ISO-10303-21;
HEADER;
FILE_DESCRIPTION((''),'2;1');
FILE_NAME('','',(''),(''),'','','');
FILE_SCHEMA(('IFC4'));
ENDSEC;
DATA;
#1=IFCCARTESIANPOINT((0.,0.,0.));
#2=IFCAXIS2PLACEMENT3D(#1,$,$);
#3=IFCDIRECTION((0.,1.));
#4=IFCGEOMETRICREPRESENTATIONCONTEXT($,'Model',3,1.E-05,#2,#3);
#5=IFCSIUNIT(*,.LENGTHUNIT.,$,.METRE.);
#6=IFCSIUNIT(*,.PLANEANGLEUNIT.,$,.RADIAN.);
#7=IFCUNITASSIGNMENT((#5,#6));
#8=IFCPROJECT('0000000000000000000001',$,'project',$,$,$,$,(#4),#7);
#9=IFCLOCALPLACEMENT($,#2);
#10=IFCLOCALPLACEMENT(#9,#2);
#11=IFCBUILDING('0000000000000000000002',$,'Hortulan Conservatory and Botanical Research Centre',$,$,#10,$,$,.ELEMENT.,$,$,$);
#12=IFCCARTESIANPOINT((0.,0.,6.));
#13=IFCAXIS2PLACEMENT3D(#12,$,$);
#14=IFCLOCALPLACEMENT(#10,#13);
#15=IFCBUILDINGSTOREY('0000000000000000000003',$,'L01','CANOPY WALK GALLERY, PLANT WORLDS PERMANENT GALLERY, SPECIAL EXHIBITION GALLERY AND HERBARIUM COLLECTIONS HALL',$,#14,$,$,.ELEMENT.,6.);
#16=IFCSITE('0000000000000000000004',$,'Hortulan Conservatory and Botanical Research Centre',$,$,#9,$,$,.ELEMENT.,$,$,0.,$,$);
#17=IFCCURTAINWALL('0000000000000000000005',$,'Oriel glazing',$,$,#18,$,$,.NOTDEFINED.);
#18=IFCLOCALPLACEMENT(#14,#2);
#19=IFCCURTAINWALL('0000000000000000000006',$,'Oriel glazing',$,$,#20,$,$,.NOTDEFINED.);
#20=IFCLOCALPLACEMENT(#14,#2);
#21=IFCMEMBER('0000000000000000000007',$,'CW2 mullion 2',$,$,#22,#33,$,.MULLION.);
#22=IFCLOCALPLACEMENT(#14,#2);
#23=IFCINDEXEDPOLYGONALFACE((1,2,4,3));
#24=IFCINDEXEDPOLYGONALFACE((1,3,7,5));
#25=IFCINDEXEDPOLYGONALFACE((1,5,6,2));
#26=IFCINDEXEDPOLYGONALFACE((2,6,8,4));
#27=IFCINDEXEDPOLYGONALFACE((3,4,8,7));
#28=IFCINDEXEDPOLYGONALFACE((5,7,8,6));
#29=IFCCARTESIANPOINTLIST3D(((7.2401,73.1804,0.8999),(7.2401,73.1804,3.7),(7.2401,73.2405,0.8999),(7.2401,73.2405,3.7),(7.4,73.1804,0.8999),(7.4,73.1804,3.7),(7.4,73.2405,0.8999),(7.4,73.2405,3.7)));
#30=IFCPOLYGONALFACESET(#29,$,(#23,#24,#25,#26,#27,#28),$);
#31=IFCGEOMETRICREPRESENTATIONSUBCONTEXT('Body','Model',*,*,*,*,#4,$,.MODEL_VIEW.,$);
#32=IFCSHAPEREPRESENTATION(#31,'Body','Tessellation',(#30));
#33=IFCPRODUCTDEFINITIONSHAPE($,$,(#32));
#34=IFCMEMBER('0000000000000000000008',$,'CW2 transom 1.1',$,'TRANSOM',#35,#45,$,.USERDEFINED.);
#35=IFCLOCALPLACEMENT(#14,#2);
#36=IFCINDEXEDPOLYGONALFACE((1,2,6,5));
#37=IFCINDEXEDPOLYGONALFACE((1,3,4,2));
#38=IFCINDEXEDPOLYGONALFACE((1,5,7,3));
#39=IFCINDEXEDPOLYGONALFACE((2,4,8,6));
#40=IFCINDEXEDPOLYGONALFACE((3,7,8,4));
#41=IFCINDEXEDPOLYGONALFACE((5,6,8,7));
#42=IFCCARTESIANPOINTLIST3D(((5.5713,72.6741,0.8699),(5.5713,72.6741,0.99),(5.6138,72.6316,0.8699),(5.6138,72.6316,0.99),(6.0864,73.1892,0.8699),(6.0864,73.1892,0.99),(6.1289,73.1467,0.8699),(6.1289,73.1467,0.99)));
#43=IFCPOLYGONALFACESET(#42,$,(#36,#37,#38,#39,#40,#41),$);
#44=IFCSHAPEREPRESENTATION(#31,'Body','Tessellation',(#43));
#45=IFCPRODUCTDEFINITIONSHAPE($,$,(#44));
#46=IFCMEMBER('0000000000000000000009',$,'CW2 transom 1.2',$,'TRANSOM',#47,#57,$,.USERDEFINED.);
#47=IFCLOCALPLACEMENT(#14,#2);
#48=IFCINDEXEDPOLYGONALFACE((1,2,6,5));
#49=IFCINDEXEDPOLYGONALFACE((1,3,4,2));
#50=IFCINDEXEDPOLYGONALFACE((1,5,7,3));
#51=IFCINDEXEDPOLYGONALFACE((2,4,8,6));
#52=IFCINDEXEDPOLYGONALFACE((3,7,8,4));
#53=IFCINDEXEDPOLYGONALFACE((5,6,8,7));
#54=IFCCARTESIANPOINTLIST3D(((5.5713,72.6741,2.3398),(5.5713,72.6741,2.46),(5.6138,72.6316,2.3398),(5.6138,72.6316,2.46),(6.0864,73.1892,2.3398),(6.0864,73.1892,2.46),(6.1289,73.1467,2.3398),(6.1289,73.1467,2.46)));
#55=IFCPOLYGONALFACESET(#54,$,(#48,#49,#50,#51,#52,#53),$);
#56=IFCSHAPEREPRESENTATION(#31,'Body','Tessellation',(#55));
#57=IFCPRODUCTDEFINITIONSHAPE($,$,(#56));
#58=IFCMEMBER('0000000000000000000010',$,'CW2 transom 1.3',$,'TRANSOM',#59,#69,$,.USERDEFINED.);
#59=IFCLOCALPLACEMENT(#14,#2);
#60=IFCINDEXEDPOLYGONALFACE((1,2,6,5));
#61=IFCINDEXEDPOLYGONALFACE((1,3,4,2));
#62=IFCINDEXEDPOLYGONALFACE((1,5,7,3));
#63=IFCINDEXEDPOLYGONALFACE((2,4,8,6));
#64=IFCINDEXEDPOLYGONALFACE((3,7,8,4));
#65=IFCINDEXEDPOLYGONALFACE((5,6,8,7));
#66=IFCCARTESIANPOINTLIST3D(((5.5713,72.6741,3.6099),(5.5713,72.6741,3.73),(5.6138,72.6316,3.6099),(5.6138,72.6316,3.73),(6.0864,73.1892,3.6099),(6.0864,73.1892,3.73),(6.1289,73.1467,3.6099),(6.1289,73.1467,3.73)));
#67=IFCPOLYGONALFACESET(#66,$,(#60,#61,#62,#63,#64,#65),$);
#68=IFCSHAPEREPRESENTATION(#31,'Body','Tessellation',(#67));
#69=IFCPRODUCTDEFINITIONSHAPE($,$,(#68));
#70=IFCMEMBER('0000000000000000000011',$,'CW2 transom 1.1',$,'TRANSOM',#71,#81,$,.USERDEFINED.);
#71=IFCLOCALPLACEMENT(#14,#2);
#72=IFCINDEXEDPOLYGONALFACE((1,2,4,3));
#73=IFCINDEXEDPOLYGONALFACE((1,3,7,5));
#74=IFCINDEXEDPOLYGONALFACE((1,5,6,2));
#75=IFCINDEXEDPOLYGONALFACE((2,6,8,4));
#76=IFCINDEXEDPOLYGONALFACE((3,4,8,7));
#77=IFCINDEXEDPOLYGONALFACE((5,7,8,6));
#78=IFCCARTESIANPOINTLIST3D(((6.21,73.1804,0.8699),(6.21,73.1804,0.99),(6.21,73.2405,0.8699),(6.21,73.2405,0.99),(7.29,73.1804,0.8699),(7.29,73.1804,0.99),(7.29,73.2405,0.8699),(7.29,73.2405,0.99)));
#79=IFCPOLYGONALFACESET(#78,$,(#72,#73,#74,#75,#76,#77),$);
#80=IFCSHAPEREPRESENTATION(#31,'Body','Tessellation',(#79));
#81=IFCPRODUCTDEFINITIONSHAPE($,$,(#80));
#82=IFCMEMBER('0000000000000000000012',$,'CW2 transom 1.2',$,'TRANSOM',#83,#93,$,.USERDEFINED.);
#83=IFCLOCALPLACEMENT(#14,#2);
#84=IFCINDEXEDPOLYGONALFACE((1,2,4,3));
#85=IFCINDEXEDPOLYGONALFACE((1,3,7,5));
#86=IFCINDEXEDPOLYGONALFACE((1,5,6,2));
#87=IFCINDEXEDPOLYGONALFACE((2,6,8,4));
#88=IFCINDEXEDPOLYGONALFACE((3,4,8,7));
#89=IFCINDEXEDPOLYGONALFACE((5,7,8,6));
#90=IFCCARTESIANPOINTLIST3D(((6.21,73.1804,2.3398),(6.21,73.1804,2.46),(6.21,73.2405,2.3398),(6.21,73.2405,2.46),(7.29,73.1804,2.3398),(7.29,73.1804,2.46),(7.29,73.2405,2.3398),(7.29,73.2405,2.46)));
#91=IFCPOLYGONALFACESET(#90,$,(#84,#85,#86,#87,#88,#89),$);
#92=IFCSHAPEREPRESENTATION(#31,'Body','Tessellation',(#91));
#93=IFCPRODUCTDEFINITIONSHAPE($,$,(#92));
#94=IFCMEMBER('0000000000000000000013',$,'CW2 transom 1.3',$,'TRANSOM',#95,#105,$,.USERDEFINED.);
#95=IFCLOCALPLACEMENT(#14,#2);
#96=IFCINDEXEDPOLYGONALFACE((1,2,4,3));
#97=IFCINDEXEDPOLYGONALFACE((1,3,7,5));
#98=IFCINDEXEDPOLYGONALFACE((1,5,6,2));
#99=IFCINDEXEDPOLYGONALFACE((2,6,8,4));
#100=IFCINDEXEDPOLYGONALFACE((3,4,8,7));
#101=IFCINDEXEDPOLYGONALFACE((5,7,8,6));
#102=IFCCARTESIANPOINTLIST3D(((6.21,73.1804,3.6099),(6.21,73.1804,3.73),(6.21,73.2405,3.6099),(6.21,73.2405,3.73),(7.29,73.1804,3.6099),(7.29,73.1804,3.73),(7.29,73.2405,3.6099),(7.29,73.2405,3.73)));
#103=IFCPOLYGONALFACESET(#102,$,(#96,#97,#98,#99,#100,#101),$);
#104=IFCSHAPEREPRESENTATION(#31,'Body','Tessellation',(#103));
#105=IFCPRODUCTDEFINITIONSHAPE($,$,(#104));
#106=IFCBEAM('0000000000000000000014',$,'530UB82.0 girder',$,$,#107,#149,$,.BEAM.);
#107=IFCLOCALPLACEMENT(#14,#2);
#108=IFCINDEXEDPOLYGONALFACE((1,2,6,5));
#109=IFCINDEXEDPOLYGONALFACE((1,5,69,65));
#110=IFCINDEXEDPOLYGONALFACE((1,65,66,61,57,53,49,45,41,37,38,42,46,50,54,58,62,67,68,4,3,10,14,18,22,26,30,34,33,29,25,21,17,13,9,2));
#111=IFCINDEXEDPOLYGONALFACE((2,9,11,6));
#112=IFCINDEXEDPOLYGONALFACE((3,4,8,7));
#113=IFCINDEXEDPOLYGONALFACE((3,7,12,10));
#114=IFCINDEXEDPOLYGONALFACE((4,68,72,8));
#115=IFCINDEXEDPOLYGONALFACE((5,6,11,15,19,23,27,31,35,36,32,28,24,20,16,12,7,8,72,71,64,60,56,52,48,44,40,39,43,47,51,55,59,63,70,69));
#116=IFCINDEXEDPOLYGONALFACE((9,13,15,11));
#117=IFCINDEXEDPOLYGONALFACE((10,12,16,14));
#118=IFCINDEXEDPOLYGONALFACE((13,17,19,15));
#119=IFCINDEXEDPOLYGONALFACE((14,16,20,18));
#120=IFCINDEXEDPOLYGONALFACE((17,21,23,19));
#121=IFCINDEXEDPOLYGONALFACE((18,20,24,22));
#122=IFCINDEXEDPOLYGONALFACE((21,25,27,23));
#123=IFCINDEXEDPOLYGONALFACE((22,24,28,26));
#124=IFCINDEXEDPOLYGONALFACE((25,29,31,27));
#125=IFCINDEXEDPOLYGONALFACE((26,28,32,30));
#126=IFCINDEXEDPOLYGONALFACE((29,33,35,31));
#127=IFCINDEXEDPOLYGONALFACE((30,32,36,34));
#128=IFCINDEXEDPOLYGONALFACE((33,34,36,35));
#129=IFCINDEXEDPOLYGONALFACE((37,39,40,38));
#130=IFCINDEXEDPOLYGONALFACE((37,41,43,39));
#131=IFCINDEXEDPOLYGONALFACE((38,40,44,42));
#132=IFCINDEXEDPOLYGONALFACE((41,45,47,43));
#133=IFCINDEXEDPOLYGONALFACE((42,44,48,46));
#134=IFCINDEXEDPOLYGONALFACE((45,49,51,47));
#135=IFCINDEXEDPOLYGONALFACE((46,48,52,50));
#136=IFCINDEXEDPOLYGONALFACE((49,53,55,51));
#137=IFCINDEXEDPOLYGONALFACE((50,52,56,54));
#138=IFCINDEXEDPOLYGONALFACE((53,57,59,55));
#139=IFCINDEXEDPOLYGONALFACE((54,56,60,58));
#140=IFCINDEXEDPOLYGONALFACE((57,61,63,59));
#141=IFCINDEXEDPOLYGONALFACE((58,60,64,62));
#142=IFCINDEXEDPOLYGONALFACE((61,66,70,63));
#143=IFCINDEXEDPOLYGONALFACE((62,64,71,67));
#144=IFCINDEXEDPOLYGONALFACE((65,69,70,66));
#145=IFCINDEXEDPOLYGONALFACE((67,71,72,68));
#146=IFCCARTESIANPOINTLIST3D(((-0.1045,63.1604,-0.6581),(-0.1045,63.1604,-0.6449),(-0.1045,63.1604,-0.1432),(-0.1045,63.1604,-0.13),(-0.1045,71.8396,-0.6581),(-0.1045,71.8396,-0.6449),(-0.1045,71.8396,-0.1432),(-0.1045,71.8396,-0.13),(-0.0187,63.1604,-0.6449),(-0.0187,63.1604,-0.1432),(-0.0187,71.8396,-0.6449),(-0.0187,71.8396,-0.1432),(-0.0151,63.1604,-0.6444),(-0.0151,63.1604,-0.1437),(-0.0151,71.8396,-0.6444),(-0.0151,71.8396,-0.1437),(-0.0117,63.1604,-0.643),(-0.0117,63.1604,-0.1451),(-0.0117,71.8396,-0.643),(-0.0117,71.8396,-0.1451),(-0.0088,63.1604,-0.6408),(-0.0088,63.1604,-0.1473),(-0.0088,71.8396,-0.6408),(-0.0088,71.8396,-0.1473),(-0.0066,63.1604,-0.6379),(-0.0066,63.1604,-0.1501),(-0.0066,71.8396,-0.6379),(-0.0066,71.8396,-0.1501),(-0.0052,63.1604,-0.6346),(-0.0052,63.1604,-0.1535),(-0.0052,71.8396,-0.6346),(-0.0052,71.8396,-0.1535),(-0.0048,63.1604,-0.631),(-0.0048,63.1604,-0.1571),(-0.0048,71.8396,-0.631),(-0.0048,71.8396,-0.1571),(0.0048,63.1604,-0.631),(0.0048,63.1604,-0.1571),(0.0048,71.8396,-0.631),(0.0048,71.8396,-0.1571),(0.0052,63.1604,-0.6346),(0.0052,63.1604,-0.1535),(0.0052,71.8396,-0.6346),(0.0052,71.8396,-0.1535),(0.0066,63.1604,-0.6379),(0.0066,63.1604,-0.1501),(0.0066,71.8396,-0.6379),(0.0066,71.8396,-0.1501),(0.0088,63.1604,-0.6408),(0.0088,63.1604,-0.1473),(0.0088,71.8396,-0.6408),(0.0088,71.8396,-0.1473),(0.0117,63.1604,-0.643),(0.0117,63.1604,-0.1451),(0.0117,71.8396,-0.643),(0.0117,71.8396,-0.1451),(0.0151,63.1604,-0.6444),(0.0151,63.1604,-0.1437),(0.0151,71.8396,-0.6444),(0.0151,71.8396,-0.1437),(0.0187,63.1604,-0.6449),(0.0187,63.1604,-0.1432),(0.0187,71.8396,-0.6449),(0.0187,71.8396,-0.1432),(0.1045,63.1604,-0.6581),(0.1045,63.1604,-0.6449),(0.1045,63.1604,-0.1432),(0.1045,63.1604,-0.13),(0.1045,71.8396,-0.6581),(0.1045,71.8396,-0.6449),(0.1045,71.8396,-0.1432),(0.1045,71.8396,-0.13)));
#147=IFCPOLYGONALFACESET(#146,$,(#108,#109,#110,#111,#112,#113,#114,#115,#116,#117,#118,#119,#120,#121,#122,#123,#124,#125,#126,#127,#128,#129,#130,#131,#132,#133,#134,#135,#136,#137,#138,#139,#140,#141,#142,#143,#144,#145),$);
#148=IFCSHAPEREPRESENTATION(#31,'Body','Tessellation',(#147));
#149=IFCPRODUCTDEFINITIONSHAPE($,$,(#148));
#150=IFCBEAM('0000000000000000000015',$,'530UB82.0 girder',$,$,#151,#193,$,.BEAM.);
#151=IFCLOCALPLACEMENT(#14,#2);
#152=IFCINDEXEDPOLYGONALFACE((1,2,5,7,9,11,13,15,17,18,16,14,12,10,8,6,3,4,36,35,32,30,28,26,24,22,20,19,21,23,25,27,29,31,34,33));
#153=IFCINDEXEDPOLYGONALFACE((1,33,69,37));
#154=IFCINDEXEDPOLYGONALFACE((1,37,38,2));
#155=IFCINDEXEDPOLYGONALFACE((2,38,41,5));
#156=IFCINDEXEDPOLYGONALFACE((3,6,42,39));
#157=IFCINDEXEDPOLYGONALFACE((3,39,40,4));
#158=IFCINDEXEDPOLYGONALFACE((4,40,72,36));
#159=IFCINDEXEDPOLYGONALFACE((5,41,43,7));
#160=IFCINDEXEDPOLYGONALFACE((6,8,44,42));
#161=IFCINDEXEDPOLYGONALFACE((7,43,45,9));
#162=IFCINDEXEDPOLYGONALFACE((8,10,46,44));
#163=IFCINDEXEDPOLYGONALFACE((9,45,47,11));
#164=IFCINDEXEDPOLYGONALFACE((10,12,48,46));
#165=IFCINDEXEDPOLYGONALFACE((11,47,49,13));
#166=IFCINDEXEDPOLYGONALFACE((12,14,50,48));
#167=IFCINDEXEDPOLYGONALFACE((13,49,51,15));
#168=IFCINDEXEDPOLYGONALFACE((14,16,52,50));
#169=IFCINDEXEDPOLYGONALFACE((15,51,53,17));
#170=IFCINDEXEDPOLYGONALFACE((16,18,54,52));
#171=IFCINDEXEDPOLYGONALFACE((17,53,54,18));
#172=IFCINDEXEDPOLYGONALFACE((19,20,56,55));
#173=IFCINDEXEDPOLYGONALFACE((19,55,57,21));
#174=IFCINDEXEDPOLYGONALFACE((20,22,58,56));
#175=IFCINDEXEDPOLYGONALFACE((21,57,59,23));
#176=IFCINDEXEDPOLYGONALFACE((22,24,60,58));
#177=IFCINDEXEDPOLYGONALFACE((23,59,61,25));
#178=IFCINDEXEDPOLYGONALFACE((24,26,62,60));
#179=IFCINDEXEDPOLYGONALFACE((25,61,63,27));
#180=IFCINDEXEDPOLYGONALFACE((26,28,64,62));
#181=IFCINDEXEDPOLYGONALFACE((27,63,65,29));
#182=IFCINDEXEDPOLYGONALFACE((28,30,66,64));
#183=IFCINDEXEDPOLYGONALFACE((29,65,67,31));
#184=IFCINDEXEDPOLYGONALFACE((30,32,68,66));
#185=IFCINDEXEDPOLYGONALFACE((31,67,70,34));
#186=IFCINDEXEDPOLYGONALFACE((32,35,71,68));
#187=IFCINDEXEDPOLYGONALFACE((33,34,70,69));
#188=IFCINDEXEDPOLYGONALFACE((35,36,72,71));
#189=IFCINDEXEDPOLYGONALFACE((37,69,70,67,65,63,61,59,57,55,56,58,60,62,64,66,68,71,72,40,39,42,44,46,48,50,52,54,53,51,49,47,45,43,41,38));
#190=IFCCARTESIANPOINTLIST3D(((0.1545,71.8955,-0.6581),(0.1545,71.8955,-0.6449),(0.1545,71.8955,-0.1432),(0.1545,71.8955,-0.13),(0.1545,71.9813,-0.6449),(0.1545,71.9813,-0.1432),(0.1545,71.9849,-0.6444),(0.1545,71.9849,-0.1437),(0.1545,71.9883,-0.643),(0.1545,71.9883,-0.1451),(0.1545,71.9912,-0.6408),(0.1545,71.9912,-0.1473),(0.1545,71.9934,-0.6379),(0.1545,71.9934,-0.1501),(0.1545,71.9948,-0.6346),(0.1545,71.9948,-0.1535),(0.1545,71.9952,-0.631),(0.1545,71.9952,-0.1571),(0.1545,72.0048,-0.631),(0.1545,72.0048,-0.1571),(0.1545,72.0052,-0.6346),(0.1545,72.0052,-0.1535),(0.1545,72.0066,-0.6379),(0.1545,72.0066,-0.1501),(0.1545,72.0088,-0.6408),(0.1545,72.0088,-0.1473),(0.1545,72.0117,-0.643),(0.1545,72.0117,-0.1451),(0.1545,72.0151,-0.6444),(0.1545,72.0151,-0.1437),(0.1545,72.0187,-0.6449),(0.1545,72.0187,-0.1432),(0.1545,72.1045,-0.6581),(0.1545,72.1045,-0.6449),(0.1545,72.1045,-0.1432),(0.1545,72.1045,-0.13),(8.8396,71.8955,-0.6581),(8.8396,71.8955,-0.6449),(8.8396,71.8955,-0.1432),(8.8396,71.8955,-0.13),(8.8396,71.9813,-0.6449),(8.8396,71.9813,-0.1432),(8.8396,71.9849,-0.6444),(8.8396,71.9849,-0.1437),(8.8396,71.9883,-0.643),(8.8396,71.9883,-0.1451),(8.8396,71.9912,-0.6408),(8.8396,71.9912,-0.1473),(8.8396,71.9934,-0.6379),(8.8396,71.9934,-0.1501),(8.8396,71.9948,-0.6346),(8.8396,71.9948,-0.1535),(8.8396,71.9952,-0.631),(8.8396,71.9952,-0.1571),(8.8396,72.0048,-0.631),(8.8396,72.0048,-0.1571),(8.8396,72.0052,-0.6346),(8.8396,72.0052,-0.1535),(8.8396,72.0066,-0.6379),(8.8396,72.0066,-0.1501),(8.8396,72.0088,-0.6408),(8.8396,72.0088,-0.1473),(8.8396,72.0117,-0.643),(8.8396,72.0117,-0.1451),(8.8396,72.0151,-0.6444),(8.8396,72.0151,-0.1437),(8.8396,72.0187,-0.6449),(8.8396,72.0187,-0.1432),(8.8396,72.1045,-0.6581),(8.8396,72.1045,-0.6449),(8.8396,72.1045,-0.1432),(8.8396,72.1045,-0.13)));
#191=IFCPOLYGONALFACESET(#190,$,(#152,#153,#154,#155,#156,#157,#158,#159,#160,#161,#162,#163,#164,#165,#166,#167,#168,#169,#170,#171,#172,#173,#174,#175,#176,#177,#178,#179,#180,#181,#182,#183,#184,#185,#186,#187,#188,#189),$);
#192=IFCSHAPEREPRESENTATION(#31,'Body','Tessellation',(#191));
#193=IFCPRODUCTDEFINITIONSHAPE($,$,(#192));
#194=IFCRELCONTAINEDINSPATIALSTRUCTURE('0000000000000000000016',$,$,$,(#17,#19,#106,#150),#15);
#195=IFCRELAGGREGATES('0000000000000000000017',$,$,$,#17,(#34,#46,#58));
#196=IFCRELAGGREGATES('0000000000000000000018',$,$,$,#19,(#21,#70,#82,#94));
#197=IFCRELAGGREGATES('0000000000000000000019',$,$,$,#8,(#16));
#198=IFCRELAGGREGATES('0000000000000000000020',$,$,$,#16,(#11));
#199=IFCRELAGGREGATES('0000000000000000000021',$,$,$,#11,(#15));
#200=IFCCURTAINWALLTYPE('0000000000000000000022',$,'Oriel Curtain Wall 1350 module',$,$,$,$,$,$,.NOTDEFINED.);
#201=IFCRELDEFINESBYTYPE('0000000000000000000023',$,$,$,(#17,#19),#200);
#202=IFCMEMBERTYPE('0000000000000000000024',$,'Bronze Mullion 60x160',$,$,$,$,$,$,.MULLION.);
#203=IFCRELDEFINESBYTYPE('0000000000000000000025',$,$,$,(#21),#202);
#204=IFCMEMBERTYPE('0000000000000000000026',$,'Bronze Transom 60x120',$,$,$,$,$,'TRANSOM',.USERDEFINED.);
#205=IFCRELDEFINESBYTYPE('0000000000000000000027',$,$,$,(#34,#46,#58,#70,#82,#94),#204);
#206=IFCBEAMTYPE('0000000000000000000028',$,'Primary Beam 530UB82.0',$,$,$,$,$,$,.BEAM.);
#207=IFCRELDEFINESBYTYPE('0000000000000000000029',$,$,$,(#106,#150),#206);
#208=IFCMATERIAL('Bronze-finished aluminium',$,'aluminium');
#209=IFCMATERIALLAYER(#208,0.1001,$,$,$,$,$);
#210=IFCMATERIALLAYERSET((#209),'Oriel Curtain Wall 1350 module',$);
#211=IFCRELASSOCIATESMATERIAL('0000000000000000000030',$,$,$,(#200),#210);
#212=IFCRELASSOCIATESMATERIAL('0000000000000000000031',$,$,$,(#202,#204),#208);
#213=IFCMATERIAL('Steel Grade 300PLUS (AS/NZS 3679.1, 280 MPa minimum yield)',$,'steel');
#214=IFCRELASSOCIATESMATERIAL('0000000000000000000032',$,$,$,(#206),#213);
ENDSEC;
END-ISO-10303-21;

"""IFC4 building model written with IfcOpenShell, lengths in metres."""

from ifc_helpers import new_model, si_unit, direction, frame, origin, origin_2d, place, context, subcontext, project, spatial, rectangle, i_section, extrude, material, layer, layer_set, material_profile, profile_set, type_object, element, aggregate, save


model = new_model("IFC4")

# Units and contexts
model_context = context("Model", 3, precision=1e-05, world=origin(), true_north=direction((0.0, 1.0)))
body_context = subcontext(model_context, "Body", "Model", "MODEL_VIEW")
ifc_project = project(units=[si_unit("LENGTHUNIT", "METRE"), si_unit("PLANEANGLEUNIT", "RADIAN")], contexts=[model_context])

# Site, building, storey
site_placement = place(None, origin())
site = spatial("IfcSite", under=ifc_project, at=site_placement, Name="Hortulan Conservatory and Botanical Research Centre", CompositionType="ELEMENT", RefElevation=0.0)
building_placement = place(site_placement, origin())
building = spatial("IfcBuilding", under=site, at=building_placement, Name="Hortulan Conservatory and Botanical Research Centre", CompositionType="ELEMENT")
storey_placement = place(building_placement, frame((0.0, 0.0, 6.0)))
storey = spatial("IfcBuildingStorey", under=building, at=storey_placement, Name="L01", Description="CANOPY WALK GALLERY, PLANT WORLDS PERMANENT GALLERY, SPECIAL EXHIBITION GALLERY AND HERBARIUM COLLECTIONS HALL", CompositionType="ELEMENT", Elevation=6.0)

# Shared definitions
ifc_material_1 = material(Name="Steel Grade 300PLUS (AS/NZS 3679.1, 280 MPa minimum yield)", Category="steel")

# Curtain walls, member
ifc_material_2 = material(Name="Bronze-finished aluminium", Category="aluminium")
ifc_layer_1 = layer(ifc_material_2, 0.1001)
ifc_layer_set_1 = layer_set([ifc_layer_1], Name="Oriel Curtain Wall 1350 module")
curtain_wall_type = type_object("IfcCurtainWallType", Name="Oriel Curtain Wall 1350 module", PredefinedType="NOTDEFINED", material=ifc_layer_set_1)
curtain_wall_1_placement = place(storey_placement, origin())
curtain_wall_1 = element("IfcCurtainWall", 1, at=curtain_wall_1_placement, inside=storey, type_object=curtain_wall_type, Name="Oriel glazing", PredefinedType="NOTDEFINED")
ifc_material_profile_1 = material_profile(ifc_material_2, rectangle(XDim=0.0601, YDim=0.1599, at=origin_2d()), Name="Bronze Mullion 60x160")
ifc_profile_set_1 = profile_set([ifc_material_profile_1], Name="Bronze-finished aluminium")
member_type_1 = type_object("IfcMemberType", Name="Bronze Mullion 60x160", PredefinedType="MULLION", material=ifc_profile_set_1)
curtain_wall_2_placement = place(storey_placement, origin())
curtain_wall_2 = element("IfcCurtainWall", 2, at=curtain_wall_2_placement, inside=storey, type_object=curtain_wall_type, Name="Oriel glazing", PredefinedType="NOTDEFINED")
member_1_placement = place(storey_placement, frame((7.3201, 73.2104, 0.8999), z_axis=(0.0, 0.0, 1.0), x_axis=(0.0, 1.0, 0.0)))
member_1 = element("IfcMember", 3, at=member_1_placement, type_object=member_type_1, Name="CW2 mullion 2", PredefinedType="MULLION", context=body_context, shape_type="SweptSolid", body=[
    extrude(rectangle(XDim=0.0601, YDim=0.1599, at=origin_2d()), origin(), (0.0, 0.0, 1.0), 2.8),
])

# Members
ifc_material_profile_2 = material_profile(ifc_material_2, rectangle(XDim=0.0601, YDim=0.1201, at=origin_2d()), Name="Bronze Transom 60x120")
ifc_profile_set_2 = profile_set([ifc_material_profile_2], Name="Bronze-finished aluminium")
member_type_2 = type_object("IfcMemberType", Name="Bronze Transom 60x120", ElementType="TRANSOM", PredefinedType="USERDEFINED", material=ifc_profile_set_2)
member_2_placement = place(storey_placement, frame((5.5925, 72.6528, 0.9299), z_axis=(0.707107, 0.707107, 0.0), x_axis=(-0.707107, 0.707107, 0.0)))
member_2 = element("IfcMember", 4, at=member_2_placement, type_object=member_type_2, Name="CW2 transom 1.1", ObjectType="TRANSOM", PredefinedType="USERDEFINED", context=body_context, shape_type="SweptSolid", body=[
    extrude(rectangle(XDim=0.0601, YDim=0.1201, at=origin_2d()), origin(), (0.0, 0.0, 1.0), 0.7285),
])
member_3_placement = place(storey_placement, frame((5.5925, 72.6528, 2.3999), z_axis=(0.707107, 0.707107, 0.0), x_axis=(-0.707107, 0.707107, 0.0)))
member_3 = element("IfcMember", 5, at=member_3_placement, type_object=member_type_2, Name="CW2 transom 1.2", ObjectType="TRANSOM", PredefinedType="USERDEFINED", context=body_context, shape_type="SweptSolid", body=[
    extrude(rectangle(XDim=0.0601, YDim=0.1201, at=origin_2d()), origin(), (0.0, 0.0, 1.0), 0.7285),
])
member_4_placement = place(storey_placement, frame((5.5925, 72.6528, 3.6699), z_axis=(0.707107, 0.707107, 0.0), x_axis=(-0.707107, 0.707107, 0.0)))
member_4 = element("IfcMember", 6, at=member_4_placement, type_object=member_type_2, Name="CW2 transom 1.3", ObjectType="TRANSOM", PredefinedType="USERDEFINED", context=body_context, shape_type="SweptSolid", body=[
    extrude(rectangle(XDim=0.0601, YDim=0.1201, at=origin_2d()), origin(), (0.0, 0.0, 1.0), 0.7285),
])
member_5_placement = place(storey_placement, frame((6.21, 73.2104, 0.9299), z_axis=(1.0, 0.0, 0.0), x_axis=(0.0, 1.0, 0.0)))
member_5 = element("IfcMember", 7, at=member_5_placement, type_object=member_type_2, Name="CW2 transom 1.1", ObjectType="TRANSOM", PredefinedType="USERDEFINED", context=body_context, shape_type="SweptSolid", body=[
    extrude(rectangle(XDim=0.0601, YDim=0.1201, at=origin_2d()), origin(), (0.0, 0.0, 1.0), 1.0801),
])
member_6_placement = place(storey_placement, frame((6.21, 73.2104, 2.3999), z_axis=(1.0, 0.0, 0.0), x_axis=(0.0, 1.0, 0.0)))
member_6 = element("IfcMember", 8, at=member_6_placement, type_object=member_type_2, Name="CW2 transom 1.2", ObjectType="TRANSOM", PredefinedType="USERDEFINED", context=body_context, shape_type="SweptSolid", body=[
    extrude(rectangle(XDim=0.0601, YDim=0.1201, at=origin_2d()), origin(), (0.0, 0.0, 1.0), 1.0801),
])
member_7_placement = place(storey_placement, frame((6.21, 73.2104, 3.6699), z_axis=(1.0, 0.0, 0.0), x_axis=(0.0, 1.0, 0.0)))
member_7 = element("IfcMember", 9, at=member_7_placement, type_object=member_type_2, Name="CW2 transom 1.3", ObjectType="TRANSOM", PredefinedType="USERDEFINED", context=body_context, shape_type="SweptSolid", body=[
    extrude(rectangle(XDim=0.0601, YDim=0.1201, at=origin_2d()), origin(), (0.0, 0.0, 1.0), 1.0801),
])

# Beams
ifc_material_profile_3 = material_profile(ifc_material_1, i_section(OverallWidth=0.209, OverallDepth=0.5281, WebThickness=0.0095, FlangeThickness=0.0132, FilletRadius=0.0139, at=origin_2d()), Name="530UB82.0")
ifc_profile_set_3 = profile_set([ifc_material_profile_3], Name="Steel Grade 300PLUS (AS/NZS 3679.1, 280 MPa minimum yield)")
beam_type_1 = type_object("IfcBeamType", Name="Primary Beam 530UB82.0", PredefinedType="BEAM", material=ifc_profile_set_3)
beam_1_placement = place(storey_placement, frame((0.0, 63.1604, -0.394), z_axis=(0.0, 1.0, 0.0), x_axis=(-1.0, 0.0, 0.0)))
element("IfcBeam", 10, at=beam_1_placement, inside=storey, type_object=beam_type_1, Name="530UB82.0 girder", PredefinedType="BEAM", context=body_context, shape_type="SweptSolid", body=[
    extrude(i_section(OverallWidth=0.209, OverallDepth=0.5281, WebThickness=0.0095, FlangeThickness=0.0132, FilletRadius=0.0139, at=origin_2d()), origin(), (0.0, 0.0, 1.0), 8.6792),
])
beam_2_placement = place(storey_placement, frame((0.1545, 72.0, -0.394), z_axis=(1.0, 0.0, 0.0), x_axis=(0.0, 1.0, 0.0)))
element("IfcBeam", 11, at=beam_2_placement, inside=storey, type_object=beam_type_1, Name="530UB82.0 girder", PredefinedType="BEAM", context=body_context, shape_type="SweptSolid", body=[
    extrude(i_section(OverallWidth=0.209, OverallDepth=0.5281, WebThickness=0.0095, FlangeThickness=0.0132, FilletRadius=0.0139, at=origin_2d()), origin(), (0.0, 0.0, 1.0), 8.6851),
])

aggregate(curtain_wall_1, [member_2, member_3, member_4])
aggregate(curtain_wall_2, [member_1, member_5, member_6, member_7])

save(model, "model.ifc")
